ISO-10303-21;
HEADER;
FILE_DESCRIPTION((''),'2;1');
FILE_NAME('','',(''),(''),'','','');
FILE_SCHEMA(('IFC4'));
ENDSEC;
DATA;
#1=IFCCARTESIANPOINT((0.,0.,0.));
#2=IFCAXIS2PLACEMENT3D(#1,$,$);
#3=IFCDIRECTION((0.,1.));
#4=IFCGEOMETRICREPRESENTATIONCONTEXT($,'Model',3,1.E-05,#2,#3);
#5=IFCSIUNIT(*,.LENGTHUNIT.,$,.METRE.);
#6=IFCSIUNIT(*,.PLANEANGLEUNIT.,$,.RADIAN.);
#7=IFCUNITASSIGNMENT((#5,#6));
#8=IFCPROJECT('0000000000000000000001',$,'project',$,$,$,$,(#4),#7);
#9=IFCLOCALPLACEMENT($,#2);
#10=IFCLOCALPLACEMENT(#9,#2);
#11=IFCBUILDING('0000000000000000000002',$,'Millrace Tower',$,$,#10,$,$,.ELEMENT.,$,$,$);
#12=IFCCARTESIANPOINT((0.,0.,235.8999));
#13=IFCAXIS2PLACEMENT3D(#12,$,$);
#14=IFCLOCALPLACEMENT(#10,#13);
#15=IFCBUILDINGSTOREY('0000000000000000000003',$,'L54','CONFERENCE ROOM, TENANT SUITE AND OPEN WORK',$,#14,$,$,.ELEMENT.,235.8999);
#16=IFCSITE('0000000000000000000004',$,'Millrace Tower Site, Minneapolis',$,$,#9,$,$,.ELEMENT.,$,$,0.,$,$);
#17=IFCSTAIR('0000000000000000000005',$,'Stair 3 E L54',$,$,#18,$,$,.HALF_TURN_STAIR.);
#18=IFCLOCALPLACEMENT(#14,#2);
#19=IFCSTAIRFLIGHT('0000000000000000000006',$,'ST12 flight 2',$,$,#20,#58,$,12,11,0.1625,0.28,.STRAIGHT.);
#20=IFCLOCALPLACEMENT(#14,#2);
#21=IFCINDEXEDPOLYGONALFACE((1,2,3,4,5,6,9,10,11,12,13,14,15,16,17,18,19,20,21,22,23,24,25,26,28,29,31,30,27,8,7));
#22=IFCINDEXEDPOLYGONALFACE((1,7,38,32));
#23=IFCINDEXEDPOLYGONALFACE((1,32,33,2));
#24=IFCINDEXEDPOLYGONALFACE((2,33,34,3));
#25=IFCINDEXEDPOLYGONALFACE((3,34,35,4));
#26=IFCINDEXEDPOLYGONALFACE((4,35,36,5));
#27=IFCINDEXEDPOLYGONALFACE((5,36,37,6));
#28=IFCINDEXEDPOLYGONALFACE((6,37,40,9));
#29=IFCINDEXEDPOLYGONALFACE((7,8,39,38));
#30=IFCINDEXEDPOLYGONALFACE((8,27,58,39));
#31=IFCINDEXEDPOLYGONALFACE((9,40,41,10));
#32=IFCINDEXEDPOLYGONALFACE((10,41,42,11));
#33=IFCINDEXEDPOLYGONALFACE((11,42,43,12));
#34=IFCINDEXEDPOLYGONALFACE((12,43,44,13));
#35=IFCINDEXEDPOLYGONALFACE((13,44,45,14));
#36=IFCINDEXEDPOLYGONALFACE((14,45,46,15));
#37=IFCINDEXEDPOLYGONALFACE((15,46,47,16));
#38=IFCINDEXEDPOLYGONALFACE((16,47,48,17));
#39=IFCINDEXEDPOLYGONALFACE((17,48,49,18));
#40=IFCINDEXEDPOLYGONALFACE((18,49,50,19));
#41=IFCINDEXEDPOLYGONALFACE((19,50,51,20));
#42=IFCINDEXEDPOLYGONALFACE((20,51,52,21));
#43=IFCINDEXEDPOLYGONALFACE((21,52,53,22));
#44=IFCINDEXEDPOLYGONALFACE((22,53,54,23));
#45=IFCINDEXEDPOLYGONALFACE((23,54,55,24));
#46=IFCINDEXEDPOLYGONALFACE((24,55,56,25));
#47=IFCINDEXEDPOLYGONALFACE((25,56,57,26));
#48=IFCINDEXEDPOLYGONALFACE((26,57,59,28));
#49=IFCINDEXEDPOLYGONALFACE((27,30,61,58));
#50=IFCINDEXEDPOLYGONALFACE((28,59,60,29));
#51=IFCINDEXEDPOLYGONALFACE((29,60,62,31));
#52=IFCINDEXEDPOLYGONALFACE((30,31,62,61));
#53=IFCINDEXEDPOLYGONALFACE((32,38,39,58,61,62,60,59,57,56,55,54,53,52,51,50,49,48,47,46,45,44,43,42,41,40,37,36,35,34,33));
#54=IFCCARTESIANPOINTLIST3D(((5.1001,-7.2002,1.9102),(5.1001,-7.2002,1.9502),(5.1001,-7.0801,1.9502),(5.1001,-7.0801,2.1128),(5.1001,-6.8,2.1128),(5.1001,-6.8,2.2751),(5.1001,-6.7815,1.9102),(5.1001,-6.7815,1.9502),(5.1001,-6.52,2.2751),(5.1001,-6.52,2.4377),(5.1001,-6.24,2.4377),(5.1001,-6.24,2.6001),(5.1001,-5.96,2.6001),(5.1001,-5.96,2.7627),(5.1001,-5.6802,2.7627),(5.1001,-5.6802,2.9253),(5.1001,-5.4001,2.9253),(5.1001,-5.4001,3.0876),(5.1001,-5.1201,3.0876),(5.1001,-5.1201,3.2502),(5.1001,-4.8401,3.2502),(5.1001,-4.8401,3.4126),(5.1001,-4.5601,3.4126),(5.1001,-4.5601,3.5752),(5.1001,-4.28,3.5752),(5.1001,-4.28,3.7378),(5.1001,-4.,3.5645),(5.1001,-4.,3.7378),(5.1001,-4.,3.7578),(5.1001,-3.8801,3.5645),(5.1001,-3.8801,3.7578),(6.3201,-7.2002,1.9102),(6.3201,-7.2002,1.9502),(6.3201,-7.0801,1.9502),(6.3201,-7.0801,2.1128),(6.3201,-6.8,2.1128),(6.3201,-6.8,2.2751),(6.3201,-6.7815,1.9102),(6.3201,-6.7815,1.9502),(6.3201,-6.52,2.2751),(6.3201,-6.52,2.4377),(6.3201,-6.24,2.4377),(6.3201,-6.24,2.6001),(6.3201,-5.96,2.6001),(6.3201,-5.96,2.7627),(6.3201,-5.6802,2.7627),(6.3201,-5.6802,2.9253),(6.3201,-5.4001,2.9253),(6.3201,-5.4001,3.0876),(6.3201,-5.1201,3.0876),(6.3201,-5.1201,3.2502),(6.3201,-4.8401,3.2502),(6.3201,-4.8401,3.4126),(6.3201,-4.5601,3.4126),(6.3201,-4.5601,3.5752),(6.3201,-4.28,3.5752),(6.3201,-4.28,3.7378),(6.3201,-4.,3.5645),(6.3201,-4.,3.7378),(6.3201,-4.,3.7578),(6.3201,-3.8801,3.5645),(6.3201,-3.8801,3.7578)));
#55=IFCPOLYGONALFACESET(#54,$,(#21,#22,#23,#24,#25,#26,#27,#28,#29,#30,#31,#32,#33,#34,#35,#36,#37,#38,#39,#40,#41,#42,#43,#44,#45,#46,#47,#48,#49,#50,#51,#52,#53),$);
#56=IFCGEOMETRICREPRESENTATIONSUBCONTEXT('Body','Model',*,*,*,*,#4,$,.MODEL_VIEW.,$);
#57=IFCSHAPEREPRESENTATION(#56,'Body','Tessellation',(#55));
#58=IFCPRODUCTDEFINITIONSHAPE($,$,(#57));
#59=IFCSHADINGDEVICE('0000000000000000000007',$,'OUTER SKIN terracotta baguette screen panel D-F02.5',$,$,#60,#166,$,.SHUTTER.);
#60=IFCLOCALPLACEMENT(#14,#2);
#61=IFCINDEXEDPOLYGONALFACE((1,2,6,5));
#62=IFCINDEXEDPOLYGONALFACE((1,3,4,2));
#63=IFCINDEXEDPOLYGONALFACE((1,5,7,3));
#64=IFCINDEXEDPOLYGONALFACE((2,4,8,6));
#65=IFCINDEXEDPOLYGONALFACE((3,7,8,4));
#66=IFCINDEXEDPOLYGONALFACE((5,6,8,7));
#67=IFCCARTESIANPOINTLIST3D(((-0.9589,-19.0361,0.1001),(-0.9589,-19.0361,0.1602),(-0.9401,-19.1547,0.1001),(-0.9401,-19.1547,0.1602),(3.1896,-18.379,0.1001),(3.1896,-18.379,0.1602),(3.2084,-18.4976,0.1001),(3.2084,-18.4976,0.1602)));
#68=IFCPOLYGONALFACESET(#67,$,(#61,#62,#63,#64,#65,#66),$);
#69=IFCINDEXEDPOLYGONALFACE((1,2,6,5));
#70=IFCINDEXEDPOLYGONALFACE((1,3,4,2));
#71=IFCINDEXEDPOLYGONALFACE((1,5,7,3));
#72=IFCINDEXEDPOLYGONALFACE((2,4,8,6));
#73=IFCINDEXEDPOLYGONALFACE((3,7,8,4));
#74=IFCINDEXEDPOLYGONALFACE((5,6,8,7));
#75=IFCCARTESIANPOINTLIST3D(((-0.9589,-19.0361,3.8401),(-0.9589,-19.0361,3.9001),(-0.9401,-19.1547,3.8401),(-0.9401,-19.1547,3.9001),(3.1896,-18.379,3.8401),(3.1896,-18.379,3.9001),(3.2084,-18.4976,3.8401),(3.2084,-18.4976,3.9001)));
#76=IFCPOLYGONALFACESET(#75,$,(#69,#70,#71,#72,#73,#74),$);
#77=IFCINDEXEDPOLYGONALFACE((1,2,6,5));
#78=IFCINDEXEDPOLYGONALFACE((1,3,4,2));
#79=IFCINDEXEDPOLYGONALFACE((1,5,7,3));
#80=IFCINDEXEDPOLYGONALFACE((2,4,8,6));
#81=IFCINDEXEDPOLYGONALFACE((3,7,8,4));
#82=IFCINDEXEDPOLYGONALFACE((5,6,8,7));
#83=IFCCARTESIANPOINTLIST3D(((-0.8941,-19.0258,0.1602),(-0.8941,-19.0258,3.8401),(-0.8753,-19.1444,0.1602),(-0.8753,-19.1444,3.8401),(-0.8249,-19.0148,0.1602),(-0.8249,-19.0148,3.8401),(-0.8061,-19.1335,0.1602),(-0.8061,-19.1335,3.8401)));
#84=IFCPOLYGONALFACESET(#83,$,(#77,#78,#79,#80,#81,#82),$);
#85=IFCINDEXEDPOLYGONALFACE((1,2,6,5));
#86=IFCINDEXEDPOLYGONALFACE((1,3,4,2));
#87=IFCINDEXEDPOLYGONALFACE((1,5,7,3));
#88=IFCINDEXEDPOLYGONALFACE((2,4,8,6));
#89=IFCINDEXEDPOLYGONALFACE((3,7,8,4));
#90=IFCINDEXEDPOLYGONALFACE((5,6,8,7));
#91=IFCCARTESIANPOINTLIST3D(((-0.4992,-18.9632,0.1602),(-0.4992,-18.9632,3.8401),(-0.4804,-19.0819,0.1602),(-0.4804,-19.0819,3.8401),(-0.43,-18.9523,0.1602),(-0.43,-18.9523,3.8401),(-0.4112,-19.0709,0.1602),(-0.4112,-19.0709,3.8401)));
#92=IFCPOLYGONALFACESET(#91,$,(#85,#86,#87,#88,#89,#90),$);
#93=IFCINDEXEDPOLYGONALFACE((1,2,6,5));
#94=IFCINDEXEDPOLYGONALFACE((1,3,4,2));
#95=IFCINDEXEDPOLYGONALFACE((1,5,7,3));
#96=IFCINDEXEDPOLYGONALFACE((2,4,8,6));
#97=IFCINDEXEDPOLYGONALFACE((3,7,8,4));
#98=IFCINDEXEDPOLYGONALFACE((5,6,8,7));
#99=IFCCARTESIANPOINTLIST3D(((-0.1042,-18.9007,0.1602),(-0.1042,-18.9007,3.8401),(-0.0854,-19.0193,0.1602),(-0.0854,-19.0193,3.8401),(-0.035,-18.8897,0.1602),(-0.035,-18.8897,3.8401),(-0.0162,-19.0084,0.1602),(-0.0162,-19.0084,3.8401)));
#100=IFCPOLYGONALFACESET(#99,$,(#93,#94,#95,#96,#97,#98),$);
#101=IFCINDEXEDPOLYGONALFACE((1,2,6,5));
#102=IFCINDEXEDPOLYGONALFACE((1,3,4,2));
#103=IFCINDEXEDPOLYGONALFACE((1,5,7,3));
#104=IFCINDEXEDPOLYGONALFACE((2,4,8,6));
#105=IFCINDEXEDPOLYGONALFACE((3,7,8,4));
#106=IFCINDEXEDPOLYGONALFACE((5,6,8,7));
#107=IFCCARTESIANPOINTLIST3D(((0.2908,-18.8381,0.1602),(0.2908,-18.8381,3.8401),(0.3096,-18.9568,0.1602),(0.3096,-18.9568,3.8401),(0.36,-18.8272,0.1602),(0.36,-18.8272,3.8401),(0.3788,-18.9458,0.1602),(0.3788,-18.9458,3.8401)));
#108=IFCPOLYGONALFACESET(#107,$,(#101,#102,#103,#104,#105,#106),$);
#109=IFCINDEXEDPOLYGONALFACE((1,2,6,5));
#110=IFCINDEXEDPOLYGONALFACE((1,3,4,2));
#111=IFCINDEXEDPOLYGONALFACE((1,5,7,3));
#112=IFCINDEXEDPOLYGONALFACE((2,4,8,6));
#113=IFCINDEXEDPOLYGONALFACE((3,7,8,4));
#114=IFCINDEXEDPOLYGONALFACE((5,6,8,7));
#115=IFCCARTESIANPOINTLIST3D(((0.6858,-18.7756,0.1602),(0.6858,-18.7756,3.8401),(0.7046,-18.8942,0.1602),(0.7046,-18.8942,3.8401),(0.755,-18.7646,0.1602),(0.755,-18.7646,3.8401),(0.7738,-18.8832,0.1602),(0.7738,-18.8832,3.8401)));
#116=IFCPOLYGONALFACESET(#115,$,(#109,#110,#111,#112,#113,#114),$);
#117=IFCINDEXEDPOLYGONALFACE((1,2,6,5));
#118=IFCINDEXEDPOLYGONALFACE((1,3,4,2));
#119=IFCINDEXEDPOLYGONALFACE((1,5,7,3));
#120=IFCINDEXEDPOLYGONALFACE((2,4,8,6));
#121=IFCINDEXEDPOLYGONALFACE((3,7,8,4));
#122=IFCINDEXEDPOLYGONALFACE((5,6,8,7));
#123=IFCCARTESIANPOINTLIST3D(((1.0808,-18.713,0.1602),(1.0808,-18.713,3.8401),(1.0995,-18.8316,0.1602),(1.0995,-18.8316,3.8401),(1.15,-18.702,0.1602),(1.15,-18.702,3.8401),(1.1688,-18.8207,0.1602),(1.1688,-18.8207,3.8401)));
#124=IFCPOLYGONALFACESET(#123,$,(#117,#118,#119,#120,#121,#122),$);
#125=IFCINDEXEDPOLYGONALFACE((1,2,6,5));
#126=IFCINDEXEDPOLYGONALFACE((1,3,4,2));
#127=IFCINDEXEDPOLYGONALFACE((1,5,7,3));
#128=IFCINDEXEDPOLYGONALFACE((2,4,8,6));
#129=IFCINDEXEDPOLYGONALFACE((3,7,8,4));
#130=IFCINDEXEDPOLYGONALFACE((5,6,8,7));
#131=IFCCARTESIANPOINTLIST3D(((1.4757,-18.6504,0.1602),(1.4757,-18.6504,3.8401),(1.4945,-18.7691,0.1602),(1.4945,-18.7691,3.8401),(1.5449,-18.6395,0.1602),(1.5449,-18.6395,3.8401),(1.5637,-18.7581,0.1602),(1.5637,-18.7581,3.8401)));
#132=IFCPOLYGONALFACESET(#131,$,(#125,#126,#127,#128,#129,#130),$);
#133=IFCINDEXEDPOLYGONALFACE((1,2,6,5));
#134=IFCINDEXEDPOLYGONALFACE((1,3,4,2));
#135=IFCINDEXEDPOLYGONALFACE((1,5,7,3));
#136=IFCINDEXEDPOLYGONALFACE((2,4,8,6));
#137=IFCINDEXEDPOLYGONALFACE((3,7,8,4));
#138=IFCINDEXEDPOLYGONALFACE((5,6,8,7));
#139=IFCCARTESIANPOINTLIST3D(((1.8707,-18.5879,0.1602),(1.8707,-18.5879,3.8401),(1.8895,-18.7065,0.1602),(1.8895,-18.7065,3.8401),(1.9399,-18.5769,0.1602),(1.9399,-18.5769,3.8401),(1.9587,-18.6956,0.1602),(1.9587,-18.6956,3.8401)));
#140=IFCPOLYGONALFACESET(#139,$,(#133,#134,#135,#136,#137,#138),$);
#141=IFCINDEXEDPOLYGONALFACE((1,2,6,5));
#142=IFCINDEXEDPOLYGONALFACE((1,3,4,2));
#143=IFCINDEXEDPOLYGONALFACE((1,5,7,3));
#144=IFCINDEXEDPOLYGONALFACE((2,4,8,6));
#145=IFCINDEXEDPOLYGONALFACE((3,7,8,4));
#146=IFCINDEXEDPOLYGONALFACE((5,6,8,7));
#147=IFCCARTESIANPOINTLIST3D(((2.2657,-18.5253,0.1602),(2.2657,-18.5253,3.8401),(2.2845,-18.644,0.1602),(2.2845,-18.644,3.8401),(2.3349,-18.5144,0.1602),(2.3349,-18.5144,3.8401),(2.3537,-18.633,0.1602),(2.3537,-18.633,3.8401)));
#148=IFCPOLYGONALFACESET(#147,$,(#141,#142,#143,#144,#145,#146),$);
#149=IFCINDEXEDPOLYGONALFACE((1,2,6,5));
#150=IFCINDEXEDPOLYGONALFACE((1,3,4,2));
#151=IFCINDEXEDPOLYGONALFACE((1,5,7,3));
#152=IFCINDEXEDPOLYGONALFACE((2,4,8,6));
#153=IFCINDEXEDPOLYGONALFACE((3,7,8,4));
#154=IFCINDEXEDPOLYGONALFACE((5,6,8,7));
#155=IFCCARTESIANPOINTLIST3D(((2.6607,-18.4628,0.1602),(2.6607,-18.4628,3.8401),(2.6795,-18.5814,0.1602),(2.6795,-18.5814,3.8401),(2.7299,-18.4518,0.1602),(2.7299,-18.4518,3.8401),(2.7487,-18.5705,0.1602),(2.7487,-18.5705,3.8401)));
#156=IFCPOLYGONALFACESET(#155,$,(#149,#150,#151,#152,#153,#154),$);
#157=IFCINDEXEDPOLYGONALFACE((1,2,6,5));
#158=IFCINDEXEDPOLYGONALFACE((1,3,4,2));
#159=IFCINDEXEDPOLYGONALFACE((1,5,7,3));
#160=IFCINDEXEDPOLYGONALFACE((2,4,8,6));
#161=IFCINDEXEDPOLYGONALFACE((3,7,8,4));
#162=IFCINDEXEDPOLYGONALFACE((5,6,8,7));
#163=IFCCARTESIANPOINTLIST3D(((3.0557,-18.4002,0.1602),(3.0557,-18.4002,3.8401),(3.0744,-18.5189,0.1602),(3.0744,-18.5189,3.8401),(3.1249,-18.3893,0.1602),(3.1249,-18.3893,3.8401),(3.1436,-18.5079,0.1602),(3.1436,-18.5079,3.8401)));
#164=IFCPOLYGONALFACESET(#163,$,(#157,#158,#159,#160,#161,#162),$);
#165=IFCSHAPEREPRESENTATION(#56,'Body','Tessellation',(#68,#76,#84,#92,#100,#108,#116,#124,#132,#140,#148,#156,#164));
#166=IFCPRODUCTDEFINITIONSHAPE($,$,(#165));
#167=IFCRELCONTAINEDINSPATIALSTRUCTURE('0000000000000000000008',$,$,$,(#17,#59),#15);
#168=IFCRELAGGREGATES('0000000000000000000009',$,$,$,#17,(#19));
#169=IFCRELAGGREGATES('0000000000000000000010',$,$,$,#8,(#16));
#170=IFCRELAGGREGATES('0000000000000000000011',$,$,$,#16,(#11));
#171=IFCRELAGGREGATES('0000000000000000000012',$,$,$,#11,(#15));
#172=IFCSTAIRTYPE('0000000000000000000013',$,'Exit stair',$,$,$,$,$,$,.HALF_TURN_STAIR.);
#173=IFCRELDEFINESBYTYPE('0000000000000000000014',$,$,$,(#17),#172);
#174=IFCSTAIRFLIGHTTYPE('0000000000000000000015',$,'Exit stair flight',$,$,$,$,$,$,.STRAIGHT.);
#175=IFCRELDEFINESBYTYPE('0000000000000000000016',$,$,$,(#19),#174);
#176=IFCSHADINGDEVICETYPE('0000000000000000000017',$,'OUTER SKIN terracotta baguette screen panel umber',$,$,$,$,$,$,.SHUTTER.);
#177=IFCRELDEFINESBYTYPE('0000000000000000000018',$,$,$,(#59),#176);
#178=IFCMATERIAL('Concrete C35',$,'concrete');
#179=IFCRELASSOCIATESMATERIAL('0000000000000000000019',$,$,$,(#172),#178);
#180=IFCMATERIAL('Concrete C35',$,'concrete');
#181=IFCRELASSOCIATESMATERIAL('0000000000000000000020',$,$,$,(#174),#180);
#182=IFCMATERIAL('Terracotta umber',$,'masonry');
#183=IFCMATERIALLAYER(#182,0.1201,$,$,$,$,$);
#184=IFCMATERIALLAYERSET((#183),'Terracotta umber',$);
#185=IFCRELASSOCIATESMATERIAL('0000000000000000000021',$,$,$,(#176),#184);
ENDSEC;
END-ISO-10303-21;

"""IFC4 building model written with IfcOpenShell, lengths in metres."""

from ifc_helpers import new_model, entity, si_unit, direction, frame, frame_2d, origin, origin_2d, place, context, subcontext, project, spatial, polyline, rectangle, outline, extrude, source, transform, mapped, material, layer, layer_set, type_object, element, aggregate, save


model = new_model("IFC4")

# Units and contexts
model_context = context("Model", 3, precision=1e-05, world=origin(), true_north=direction((0.0, 1.0)))
body_context = subcontext(model_context, "Body", "Model", "MODEL_VIEW")
ifc_project = project(units=[si_unit("LENGTHUNIT", "METRE"), si_unit("PLANEANGLEUNIT", "RADIAN")], contexts=[model_context])

# Site, building, storey
site_placement = place(None, origin())
site = spatial("IfcSite", under=ifc_project, at=site_placement, Name="Millrace Tower Site, Minneapolis", CompositionType="ELEMENT", RefElevation=0.0)
building_placement = place(site_placement, origin())
building = spatial("IfcBuilding", under=site, at=building_placement, Name="Millrace Tower", CompositionType="ELEMENT")
storey_placement = place(building_placement, frame((0.0, 0.0, 235.8999)))
storey = spatial("IfcBuildingStorey", under=building, at=storey_placement, Name="L54", Description="CONFERENCE ROOM, TENANT SUITE AND OPEN WORK", CompositionType="ELEMENT", Elevation=235.8999)

# Shared definitions
placement_1 = place(storey_placement, origin())

# Shared definitions
ifc_material_1 = material(Name="Concrete C35", Category="concrete")
stair_type = type_object("IfcStairType", Name="Exit stair", PredefinedType="HALF_TURN_STAIR", material=ifc_material_1)
ifc_material_2 = material(Name="Concrete C35", Category="concrete")
stair_flight_type = type_object("IfcStairFlightType", Name="Exit stair flight", PredefinedType="STRAIGHT", material=ifc_material_2)

# Stair, stair flight
stair_1 = element("IfcStair", 1, at=placement_1, inside=storey, type_object=stair_type, Name="Stair 3 E L54", PredefinedType="HALF_TURN_STAIR")
stair_flight_1_placement = place(storey_placement, frame((5.71, -7.0801, 1.9502), z_axis=(0.0, 0.0, 1.0), x_axis=(0.0, 1.0, 0.0)))
stair_flight_1 = element("IfcStairFlight", 2, at=stair_flight_1_placement, type_object=stair_flight_type, Name="ST12 flight 2", NumberOfRisers=12, NumberOfTreads=11, PredefinedType="STRAIGHT", RiserHeight=0.1625, TreadLength=0.28, context=body_context, shape_type="SweptSolid", body=[
    extrude(outline(polyline([(-0.1201, -0.04), (-0.1201, 0.0), (0.0, 0.0), (0.0, 0.1626), (0.28, 0.1626), (0.28, 0.325), (0.5601, 0.325), (0.5601, 0.4875), (0.8401, 0.4875), (0.8401, 0.6499), (1.1201, 0.6499), (1.1201, 0.8125), (1.3999, 0.8125), (1.3999, 0.9751), (1.6799, 0.9751), (1.6799, 1.1375), (1.96, 1.1375), (1.96, 1.3), (2.24, 1.3), (2.24, 1.4624), (2.52, 1.4624), (2.52, 1.625), (2.8, 1.625), (2.8, 1.7876), (3.0801, 1.7876), (3.0801, 1.8076), (3.2, 1.8076), (3.2, 1.6143), (3.0801, 1.6143), (0.2986, 0.0), (0.2986, -0.04), (-0.1201, -0.04)])), frame((0.0, 0.6099, 0.0), z_axis=(0.0, -1.0, 0.0), x_axis=(1.0, 0.0, 0.0)), (0.0, 0.0, 1.0), 1.22),
])
aggregate(stair_1, [stair_flight_1])

# Shading device
ifc_material_3 = material(Name="Terracotta umber", Category="masonry")
ifc_layer_1 = layer(ifc_material_3, 0.1201)
ifc_layer_set_1 = layer_set([ifc_layer_1], Name="Terracotta umber")
shading_device_type = type_object("IfcShadingDeviceType", Name="OUTER SKIN terracotta baguette screen panel umber", PredefinedType="SHUTTER", material=ifc_layer_set_1)
cartesian_point = entity("IfcCartesianPoint", [-2.1001, 0.0601])
shared_polyline = entity("IfcPolyline", [cartesian_point, entity("IfcCartesianPoint", [2.1001, 0.0601]), entity("IfcCartesianPoint", [2.1001, -0.0601]), entity("IfcCartesianPoint", [-2.1001, -0.0601]), cartesian_point])
shared_shape = source(origin(), body_context, "Body", "SweptSolid", [
    entity("IfcExtrudedAreaSolid", entity("IfcArbitraryClosedProfileDef", "AREA", None, shared_polyline), entity("IfcAxis2Placement3D", entity("IfcCartesianPoint", [0.0, 0.0, 0.0])), entity("IfcDirection", [0.0, 0.0, 1.0]), 0.0601),
    entity("IfcExtrudedAreaSolid", entity("IfcArbitraryClosedProfileDef", "AREA", None, shared_polyline), entity("IfcAxis2Placement3D", entity("IfcCartesianPoint", [0.0, 0.0, 3.74])), entity("IfcDirection", [0.0, 0.0, 1.0]), 0.0601),
    extrude(rectangle(XDim=0.0701, YDim=0.1201, at=frame_2d((-1.9995, 0.0))), frame((0.0, 0.0, 0.0601)), (0.0, 0.0, 1.0), 3.6799),
    extrude(rectangle(XDim=0.0701, YDim=0.1201, at=frame_2d((-1.5996, 0.0))), frame((0.0, 0.0, 0.0601)), (0.0, 0.0, 1.0), 3.6799),
    extrude(rectangle(XDim=0.0701, YDim=0.1201, at=frame_2d((-1.1997, 0.0))), frame((0.0, 0.0, 0.0601)), (0.0, 0.0, 1.0), 3.6799),
    extrude(rectangle(XDim=0.0701, YDim=0.1201, at=frame_2d((-0.7998, 0.0))), frame((0.0, 0.0, 0.0601)), (0.0, 0.0, 1.0), 3.6799),
    extrude(rectangle(XDim=0.0701, YDim=0.1201, at=frame_2d((-0.3999, 0.0))), frame((0.0, 0.0, 0.0601)), (0.0, 0.0, 1.0), 3.6799),
    extrude(rectangle(XDim=0.0701, YDim=0.1201, at=origin_2d()), frame((0.0, 0.0, 0.0601)), (0.0, 0.0, 1.0), 3.6799),
    extrude(rectangle(XDim=0.0701, YDim=0.1201, at=frame_2d((0.3999, 0.0))), frame((0.0, 0.0, 0.0601)), (0.0, 0.0, 1.0), 3.6799),
    extrude(rectangle(XDim=0.0701, YDim=0.1201, at=frame_2d((0.7998, 0.0))), frame((0.0, 0.0, 0.0601)), (0.0, 0.0, 1.0), 3.6799),
    extrude(rectangle(XDim=0.0701, YDim=0.1201, at=frame_2d((1.1997, 0.0))), frame((0.0, 0.0, 0.0601)), (0.0, 0.0, 1.0), 3.6799),
    extrude(rectangle(XDim=0.0701, YDim=0.1201, at=frame_2d((1.5996, 0.0))), frame((0.0, 0.0, 0.0601)), (0.0, 0.0, 1.0), 3.6799),
    extrude(rectangle(XDim=0.0701, YDim=0.1201, at=frame_2d((1.9995, 0.0))), frame((0.0, 0.0, 0.0601)), (0.0, 0.0, 1.0), 3.6799),
])
for number, where, z_axis, x_axis, name in (
    (3, (1.1248, -18.7668, 0.1001), (0.0, 0.0, 1.0), (0.987688, 0.156434, 0.0), "OUTER SKIN terracotta baguette screen panel D-F02.5"),
):
    element("IfcShadingDevice", number, at=place(storey_placement, frame(where, z_axis=z_axis, x_axis=x_axis)), inside=storey, type_object=shading_device_type, Name=name, PredefinedType="SHUTTER", context=body_context, shape_type="MappedRepresentation", body=[
        mapped(shared_shape, transform((0.0, 0.0, 0.0), scale=1.0)),
    ])

save(model, "model.ifc")
